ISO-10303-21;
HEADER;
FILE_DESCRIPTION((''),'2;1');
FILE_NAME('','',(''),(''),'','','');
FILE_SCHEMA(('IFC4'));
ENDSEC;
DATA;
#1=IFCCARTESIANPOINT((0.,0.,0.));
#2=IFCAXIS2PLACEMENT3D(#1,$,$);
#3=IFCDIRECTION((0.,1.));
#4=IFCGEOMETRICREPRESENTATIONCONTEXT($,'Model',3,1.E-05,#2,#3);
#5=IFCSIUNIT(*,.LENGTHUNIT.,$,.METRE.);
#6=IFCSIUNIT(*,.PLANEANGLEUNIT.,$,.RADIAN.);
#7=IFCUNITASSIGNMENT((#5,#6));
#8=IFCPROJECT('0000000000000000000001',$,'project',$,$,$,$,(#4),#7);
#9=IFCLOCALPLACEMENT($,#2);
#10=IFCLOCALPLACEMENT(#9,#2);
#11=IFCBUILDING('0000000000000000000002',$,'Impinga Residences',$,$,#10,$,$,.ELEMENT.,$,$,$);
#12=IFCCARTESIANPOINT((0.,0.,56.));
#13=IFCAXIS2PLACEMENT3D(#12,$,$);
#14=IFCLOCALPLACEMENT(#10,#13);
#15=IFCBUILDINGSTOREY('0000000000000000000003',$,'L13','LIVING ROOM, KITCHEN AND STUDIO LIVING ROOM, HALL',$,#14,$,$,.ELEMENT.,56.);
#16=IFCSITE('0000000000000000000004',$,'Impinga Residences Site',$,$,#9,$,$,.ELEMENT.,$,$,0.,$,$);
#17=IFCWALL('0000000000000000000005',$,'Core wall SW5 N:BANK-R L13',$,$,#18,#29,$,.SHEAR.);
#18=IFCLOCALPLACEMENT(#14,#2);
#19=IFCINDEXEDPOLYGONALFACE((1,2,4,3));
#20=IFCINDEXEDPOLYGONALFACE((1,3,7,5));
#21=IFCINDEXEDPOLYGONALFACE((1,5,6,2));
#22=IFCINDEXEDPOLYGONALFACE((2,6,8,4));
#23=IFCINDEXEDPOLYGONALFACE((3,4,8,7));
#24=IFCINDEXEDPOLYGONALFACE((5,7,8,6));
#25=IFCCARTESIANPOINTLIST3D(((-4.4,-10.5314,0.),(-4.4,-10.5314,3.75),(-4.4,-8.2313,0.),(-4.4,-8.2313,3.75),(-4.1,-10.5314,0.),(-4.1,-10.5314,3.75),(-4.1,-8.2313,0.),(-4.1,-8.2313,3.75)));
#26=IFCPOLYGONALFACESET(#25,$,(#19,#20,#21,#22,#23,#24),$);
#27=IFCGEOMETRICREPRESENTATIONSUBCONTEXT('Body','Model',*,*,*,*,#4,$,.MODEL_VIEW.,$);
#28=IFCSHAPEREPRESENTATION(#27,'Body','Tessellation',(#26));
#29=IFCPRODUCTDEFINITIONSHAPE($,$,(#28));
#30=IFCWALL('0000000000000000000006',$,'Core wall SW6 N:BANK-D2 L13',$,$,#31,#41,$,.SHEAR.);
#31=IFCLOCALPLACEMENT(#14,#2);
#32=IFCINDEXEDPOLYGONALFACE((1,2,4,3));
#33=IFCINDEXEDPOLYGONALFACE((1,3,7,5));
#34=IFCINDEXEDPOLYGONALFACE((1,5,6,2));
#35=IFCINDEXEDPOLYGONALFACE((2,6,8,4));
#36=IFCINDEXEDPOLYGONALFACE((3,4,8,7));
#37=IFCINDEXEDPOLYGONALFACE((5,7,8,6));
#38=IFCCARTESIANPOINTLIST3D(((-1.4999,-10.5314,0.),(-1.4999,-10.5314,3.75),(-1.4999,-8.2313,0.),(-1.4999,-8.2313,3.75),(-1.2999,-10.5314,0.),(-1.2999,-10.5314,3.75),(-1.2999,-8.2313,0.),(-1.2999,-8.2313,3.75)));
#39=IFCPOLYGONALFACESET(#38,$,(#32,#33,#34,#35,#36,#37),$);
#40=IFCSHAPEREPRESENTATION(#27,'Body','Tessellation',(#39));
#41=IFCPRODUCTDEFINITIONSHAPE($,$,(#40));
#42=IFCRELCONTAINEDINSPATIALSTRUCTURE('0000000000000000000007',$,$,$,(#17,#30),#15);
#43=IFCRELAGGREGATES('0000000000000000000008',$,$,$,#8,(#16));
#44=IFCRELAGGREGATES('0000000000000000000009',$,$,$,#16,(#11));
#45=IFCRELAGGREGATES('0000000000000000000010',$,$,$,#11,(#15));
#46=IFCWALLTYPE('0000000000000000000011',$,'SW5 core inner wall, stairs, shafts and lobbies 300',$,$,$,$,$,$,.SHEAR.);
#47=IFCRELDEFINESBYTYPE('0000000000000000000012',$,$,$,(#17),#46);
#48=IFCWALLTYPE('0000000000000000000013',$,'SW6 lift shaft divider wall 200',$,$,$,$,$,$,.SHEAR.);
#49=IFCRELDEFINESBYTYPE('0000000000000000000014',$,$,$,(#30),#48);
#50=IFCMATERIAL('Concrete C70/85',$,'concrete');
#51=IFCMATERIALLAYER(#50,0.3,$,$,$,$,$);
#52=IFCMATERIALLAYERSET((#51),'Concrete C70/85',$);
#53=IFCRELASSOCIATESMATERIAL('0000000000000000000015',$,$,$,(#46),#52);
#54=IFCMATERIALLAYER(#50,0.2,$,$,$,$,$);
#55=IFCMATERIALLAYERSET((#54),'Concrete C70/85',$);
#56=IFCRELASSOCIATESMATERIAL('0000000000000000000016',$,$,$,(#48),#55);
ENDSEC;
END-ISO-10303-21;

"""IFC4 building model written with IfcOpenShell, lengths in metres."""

from ifc_helpers import new_model, si_unit, direction, frame, frame_2d, origin, place, context, subcontext, project, spatial, rectangle, extrude, material, layer, layer_set, type_object, element, save


model = new_model("IFC4")

# Units and contexts
model_context = context("Model", 3, precision=1e-05, world=origin(), true_north=direction((0.0, 1.0)))
body_context = subcontext(model_context, "Body", "Model", "MODEL_VIEW")
ifc_project = project(units=[si_unit("LENGTHUNIT", "METRE"), si_unit("PLANEANGLEUNIT", "RADIAN")], contexts=[model_context])

# Site, building, storey
site_placement = place(None, origin())
site = spatial("IfcSite", under=ifc_project, at=site_placement, Name="Impinga Residences Site", CompositionType="ELEMENT", RefElevation=0.0)
building_placement = place(site_placement, origin())
building = spatial("IfcBuilding", under=site, at=building_placement, Name="Impinga Residences", CompositionType="ELEMENT")
storey_placement = place(building_placement, frame((0.0, 0.0, 56.0)))
storey = spatial("IfcBuildingStorey", under=building, at=storey_placement, Name="L13", Description="LIVING ROOM, KITCHEN AND STUDIO LIVING ROOM, HALL", CompositionType="ELEMENT", Elevation=56.0)

# Shared definitions
ifc_material_1 = material(Name="Concrete C70/85", Category="concrete")

# Walls
ifc_layer_1 = layer(ifc_material_1, 0.3)
ifc_layer_set_1 = layer_set([ifc_layer_1], Name="Concrete C70/85")
wall_type_1 = type_object("IfcWallType", Name="SW5 core inner wall, stairs, shafts and lobbies 300", PredefinedType="SHEAR", material=ifc_layer_set_1)
wall_1_placement = place(storey_placement, frame((-4.25, -8.2314, 0.0), z_axis=(0.0, 0.0, 1.0), x_axis=(0.0, -1.0, 0.0)))
element("IfcWall", 1, at=wall_1_placement, inside=storey, type_object=wall_type_1, Name="Core wall SW5 N:BANK-R L13", PredefinedType="SHEAR", context=body_context, shape_type="SweptSolid", body=[
    extrude(rectangle(XDim=2.3, YDim=0.3, at=frame_2d((1.1499, 0.0))), origin(), (0.0, 0.0, 1.0), 3.75),
])
ifc_layer_2 = layer(ifc_material_1, 0.2)
ifc_layer_set_2 = layer_set([ifc_layer_2], Name="Concrete C70/85")
wall_type_2 = type_object("IfcWallType", Name="SW6 lift shaft divider wall 200", PredefinedType="SHEAR", material=ifc_layer_set_2)
wall_2_placement = place(storey_placement, frame((-1.3999, -8.2314, 0.0), z_axis=(0.0, 0.0, 1.0), x_axis=(0.0, -1.0, 0.0)))
element("IfcWall", 2, at=wall_2_placement, inside=storey, type_object=wall_type_2, Name="Core wall SW6 N:BANK-D2 L13", PredefinedType="SHEAR", context=body_context, shape_type="SweptSolid", body=[
    extrude(rectangle(XDim=2.3, YDim=0.2, at=frame_2d((1.1499, 0.0))), origin(), (0.0, 0.0, 1.0), 3.75),
])

save(model, "model.ifc")
